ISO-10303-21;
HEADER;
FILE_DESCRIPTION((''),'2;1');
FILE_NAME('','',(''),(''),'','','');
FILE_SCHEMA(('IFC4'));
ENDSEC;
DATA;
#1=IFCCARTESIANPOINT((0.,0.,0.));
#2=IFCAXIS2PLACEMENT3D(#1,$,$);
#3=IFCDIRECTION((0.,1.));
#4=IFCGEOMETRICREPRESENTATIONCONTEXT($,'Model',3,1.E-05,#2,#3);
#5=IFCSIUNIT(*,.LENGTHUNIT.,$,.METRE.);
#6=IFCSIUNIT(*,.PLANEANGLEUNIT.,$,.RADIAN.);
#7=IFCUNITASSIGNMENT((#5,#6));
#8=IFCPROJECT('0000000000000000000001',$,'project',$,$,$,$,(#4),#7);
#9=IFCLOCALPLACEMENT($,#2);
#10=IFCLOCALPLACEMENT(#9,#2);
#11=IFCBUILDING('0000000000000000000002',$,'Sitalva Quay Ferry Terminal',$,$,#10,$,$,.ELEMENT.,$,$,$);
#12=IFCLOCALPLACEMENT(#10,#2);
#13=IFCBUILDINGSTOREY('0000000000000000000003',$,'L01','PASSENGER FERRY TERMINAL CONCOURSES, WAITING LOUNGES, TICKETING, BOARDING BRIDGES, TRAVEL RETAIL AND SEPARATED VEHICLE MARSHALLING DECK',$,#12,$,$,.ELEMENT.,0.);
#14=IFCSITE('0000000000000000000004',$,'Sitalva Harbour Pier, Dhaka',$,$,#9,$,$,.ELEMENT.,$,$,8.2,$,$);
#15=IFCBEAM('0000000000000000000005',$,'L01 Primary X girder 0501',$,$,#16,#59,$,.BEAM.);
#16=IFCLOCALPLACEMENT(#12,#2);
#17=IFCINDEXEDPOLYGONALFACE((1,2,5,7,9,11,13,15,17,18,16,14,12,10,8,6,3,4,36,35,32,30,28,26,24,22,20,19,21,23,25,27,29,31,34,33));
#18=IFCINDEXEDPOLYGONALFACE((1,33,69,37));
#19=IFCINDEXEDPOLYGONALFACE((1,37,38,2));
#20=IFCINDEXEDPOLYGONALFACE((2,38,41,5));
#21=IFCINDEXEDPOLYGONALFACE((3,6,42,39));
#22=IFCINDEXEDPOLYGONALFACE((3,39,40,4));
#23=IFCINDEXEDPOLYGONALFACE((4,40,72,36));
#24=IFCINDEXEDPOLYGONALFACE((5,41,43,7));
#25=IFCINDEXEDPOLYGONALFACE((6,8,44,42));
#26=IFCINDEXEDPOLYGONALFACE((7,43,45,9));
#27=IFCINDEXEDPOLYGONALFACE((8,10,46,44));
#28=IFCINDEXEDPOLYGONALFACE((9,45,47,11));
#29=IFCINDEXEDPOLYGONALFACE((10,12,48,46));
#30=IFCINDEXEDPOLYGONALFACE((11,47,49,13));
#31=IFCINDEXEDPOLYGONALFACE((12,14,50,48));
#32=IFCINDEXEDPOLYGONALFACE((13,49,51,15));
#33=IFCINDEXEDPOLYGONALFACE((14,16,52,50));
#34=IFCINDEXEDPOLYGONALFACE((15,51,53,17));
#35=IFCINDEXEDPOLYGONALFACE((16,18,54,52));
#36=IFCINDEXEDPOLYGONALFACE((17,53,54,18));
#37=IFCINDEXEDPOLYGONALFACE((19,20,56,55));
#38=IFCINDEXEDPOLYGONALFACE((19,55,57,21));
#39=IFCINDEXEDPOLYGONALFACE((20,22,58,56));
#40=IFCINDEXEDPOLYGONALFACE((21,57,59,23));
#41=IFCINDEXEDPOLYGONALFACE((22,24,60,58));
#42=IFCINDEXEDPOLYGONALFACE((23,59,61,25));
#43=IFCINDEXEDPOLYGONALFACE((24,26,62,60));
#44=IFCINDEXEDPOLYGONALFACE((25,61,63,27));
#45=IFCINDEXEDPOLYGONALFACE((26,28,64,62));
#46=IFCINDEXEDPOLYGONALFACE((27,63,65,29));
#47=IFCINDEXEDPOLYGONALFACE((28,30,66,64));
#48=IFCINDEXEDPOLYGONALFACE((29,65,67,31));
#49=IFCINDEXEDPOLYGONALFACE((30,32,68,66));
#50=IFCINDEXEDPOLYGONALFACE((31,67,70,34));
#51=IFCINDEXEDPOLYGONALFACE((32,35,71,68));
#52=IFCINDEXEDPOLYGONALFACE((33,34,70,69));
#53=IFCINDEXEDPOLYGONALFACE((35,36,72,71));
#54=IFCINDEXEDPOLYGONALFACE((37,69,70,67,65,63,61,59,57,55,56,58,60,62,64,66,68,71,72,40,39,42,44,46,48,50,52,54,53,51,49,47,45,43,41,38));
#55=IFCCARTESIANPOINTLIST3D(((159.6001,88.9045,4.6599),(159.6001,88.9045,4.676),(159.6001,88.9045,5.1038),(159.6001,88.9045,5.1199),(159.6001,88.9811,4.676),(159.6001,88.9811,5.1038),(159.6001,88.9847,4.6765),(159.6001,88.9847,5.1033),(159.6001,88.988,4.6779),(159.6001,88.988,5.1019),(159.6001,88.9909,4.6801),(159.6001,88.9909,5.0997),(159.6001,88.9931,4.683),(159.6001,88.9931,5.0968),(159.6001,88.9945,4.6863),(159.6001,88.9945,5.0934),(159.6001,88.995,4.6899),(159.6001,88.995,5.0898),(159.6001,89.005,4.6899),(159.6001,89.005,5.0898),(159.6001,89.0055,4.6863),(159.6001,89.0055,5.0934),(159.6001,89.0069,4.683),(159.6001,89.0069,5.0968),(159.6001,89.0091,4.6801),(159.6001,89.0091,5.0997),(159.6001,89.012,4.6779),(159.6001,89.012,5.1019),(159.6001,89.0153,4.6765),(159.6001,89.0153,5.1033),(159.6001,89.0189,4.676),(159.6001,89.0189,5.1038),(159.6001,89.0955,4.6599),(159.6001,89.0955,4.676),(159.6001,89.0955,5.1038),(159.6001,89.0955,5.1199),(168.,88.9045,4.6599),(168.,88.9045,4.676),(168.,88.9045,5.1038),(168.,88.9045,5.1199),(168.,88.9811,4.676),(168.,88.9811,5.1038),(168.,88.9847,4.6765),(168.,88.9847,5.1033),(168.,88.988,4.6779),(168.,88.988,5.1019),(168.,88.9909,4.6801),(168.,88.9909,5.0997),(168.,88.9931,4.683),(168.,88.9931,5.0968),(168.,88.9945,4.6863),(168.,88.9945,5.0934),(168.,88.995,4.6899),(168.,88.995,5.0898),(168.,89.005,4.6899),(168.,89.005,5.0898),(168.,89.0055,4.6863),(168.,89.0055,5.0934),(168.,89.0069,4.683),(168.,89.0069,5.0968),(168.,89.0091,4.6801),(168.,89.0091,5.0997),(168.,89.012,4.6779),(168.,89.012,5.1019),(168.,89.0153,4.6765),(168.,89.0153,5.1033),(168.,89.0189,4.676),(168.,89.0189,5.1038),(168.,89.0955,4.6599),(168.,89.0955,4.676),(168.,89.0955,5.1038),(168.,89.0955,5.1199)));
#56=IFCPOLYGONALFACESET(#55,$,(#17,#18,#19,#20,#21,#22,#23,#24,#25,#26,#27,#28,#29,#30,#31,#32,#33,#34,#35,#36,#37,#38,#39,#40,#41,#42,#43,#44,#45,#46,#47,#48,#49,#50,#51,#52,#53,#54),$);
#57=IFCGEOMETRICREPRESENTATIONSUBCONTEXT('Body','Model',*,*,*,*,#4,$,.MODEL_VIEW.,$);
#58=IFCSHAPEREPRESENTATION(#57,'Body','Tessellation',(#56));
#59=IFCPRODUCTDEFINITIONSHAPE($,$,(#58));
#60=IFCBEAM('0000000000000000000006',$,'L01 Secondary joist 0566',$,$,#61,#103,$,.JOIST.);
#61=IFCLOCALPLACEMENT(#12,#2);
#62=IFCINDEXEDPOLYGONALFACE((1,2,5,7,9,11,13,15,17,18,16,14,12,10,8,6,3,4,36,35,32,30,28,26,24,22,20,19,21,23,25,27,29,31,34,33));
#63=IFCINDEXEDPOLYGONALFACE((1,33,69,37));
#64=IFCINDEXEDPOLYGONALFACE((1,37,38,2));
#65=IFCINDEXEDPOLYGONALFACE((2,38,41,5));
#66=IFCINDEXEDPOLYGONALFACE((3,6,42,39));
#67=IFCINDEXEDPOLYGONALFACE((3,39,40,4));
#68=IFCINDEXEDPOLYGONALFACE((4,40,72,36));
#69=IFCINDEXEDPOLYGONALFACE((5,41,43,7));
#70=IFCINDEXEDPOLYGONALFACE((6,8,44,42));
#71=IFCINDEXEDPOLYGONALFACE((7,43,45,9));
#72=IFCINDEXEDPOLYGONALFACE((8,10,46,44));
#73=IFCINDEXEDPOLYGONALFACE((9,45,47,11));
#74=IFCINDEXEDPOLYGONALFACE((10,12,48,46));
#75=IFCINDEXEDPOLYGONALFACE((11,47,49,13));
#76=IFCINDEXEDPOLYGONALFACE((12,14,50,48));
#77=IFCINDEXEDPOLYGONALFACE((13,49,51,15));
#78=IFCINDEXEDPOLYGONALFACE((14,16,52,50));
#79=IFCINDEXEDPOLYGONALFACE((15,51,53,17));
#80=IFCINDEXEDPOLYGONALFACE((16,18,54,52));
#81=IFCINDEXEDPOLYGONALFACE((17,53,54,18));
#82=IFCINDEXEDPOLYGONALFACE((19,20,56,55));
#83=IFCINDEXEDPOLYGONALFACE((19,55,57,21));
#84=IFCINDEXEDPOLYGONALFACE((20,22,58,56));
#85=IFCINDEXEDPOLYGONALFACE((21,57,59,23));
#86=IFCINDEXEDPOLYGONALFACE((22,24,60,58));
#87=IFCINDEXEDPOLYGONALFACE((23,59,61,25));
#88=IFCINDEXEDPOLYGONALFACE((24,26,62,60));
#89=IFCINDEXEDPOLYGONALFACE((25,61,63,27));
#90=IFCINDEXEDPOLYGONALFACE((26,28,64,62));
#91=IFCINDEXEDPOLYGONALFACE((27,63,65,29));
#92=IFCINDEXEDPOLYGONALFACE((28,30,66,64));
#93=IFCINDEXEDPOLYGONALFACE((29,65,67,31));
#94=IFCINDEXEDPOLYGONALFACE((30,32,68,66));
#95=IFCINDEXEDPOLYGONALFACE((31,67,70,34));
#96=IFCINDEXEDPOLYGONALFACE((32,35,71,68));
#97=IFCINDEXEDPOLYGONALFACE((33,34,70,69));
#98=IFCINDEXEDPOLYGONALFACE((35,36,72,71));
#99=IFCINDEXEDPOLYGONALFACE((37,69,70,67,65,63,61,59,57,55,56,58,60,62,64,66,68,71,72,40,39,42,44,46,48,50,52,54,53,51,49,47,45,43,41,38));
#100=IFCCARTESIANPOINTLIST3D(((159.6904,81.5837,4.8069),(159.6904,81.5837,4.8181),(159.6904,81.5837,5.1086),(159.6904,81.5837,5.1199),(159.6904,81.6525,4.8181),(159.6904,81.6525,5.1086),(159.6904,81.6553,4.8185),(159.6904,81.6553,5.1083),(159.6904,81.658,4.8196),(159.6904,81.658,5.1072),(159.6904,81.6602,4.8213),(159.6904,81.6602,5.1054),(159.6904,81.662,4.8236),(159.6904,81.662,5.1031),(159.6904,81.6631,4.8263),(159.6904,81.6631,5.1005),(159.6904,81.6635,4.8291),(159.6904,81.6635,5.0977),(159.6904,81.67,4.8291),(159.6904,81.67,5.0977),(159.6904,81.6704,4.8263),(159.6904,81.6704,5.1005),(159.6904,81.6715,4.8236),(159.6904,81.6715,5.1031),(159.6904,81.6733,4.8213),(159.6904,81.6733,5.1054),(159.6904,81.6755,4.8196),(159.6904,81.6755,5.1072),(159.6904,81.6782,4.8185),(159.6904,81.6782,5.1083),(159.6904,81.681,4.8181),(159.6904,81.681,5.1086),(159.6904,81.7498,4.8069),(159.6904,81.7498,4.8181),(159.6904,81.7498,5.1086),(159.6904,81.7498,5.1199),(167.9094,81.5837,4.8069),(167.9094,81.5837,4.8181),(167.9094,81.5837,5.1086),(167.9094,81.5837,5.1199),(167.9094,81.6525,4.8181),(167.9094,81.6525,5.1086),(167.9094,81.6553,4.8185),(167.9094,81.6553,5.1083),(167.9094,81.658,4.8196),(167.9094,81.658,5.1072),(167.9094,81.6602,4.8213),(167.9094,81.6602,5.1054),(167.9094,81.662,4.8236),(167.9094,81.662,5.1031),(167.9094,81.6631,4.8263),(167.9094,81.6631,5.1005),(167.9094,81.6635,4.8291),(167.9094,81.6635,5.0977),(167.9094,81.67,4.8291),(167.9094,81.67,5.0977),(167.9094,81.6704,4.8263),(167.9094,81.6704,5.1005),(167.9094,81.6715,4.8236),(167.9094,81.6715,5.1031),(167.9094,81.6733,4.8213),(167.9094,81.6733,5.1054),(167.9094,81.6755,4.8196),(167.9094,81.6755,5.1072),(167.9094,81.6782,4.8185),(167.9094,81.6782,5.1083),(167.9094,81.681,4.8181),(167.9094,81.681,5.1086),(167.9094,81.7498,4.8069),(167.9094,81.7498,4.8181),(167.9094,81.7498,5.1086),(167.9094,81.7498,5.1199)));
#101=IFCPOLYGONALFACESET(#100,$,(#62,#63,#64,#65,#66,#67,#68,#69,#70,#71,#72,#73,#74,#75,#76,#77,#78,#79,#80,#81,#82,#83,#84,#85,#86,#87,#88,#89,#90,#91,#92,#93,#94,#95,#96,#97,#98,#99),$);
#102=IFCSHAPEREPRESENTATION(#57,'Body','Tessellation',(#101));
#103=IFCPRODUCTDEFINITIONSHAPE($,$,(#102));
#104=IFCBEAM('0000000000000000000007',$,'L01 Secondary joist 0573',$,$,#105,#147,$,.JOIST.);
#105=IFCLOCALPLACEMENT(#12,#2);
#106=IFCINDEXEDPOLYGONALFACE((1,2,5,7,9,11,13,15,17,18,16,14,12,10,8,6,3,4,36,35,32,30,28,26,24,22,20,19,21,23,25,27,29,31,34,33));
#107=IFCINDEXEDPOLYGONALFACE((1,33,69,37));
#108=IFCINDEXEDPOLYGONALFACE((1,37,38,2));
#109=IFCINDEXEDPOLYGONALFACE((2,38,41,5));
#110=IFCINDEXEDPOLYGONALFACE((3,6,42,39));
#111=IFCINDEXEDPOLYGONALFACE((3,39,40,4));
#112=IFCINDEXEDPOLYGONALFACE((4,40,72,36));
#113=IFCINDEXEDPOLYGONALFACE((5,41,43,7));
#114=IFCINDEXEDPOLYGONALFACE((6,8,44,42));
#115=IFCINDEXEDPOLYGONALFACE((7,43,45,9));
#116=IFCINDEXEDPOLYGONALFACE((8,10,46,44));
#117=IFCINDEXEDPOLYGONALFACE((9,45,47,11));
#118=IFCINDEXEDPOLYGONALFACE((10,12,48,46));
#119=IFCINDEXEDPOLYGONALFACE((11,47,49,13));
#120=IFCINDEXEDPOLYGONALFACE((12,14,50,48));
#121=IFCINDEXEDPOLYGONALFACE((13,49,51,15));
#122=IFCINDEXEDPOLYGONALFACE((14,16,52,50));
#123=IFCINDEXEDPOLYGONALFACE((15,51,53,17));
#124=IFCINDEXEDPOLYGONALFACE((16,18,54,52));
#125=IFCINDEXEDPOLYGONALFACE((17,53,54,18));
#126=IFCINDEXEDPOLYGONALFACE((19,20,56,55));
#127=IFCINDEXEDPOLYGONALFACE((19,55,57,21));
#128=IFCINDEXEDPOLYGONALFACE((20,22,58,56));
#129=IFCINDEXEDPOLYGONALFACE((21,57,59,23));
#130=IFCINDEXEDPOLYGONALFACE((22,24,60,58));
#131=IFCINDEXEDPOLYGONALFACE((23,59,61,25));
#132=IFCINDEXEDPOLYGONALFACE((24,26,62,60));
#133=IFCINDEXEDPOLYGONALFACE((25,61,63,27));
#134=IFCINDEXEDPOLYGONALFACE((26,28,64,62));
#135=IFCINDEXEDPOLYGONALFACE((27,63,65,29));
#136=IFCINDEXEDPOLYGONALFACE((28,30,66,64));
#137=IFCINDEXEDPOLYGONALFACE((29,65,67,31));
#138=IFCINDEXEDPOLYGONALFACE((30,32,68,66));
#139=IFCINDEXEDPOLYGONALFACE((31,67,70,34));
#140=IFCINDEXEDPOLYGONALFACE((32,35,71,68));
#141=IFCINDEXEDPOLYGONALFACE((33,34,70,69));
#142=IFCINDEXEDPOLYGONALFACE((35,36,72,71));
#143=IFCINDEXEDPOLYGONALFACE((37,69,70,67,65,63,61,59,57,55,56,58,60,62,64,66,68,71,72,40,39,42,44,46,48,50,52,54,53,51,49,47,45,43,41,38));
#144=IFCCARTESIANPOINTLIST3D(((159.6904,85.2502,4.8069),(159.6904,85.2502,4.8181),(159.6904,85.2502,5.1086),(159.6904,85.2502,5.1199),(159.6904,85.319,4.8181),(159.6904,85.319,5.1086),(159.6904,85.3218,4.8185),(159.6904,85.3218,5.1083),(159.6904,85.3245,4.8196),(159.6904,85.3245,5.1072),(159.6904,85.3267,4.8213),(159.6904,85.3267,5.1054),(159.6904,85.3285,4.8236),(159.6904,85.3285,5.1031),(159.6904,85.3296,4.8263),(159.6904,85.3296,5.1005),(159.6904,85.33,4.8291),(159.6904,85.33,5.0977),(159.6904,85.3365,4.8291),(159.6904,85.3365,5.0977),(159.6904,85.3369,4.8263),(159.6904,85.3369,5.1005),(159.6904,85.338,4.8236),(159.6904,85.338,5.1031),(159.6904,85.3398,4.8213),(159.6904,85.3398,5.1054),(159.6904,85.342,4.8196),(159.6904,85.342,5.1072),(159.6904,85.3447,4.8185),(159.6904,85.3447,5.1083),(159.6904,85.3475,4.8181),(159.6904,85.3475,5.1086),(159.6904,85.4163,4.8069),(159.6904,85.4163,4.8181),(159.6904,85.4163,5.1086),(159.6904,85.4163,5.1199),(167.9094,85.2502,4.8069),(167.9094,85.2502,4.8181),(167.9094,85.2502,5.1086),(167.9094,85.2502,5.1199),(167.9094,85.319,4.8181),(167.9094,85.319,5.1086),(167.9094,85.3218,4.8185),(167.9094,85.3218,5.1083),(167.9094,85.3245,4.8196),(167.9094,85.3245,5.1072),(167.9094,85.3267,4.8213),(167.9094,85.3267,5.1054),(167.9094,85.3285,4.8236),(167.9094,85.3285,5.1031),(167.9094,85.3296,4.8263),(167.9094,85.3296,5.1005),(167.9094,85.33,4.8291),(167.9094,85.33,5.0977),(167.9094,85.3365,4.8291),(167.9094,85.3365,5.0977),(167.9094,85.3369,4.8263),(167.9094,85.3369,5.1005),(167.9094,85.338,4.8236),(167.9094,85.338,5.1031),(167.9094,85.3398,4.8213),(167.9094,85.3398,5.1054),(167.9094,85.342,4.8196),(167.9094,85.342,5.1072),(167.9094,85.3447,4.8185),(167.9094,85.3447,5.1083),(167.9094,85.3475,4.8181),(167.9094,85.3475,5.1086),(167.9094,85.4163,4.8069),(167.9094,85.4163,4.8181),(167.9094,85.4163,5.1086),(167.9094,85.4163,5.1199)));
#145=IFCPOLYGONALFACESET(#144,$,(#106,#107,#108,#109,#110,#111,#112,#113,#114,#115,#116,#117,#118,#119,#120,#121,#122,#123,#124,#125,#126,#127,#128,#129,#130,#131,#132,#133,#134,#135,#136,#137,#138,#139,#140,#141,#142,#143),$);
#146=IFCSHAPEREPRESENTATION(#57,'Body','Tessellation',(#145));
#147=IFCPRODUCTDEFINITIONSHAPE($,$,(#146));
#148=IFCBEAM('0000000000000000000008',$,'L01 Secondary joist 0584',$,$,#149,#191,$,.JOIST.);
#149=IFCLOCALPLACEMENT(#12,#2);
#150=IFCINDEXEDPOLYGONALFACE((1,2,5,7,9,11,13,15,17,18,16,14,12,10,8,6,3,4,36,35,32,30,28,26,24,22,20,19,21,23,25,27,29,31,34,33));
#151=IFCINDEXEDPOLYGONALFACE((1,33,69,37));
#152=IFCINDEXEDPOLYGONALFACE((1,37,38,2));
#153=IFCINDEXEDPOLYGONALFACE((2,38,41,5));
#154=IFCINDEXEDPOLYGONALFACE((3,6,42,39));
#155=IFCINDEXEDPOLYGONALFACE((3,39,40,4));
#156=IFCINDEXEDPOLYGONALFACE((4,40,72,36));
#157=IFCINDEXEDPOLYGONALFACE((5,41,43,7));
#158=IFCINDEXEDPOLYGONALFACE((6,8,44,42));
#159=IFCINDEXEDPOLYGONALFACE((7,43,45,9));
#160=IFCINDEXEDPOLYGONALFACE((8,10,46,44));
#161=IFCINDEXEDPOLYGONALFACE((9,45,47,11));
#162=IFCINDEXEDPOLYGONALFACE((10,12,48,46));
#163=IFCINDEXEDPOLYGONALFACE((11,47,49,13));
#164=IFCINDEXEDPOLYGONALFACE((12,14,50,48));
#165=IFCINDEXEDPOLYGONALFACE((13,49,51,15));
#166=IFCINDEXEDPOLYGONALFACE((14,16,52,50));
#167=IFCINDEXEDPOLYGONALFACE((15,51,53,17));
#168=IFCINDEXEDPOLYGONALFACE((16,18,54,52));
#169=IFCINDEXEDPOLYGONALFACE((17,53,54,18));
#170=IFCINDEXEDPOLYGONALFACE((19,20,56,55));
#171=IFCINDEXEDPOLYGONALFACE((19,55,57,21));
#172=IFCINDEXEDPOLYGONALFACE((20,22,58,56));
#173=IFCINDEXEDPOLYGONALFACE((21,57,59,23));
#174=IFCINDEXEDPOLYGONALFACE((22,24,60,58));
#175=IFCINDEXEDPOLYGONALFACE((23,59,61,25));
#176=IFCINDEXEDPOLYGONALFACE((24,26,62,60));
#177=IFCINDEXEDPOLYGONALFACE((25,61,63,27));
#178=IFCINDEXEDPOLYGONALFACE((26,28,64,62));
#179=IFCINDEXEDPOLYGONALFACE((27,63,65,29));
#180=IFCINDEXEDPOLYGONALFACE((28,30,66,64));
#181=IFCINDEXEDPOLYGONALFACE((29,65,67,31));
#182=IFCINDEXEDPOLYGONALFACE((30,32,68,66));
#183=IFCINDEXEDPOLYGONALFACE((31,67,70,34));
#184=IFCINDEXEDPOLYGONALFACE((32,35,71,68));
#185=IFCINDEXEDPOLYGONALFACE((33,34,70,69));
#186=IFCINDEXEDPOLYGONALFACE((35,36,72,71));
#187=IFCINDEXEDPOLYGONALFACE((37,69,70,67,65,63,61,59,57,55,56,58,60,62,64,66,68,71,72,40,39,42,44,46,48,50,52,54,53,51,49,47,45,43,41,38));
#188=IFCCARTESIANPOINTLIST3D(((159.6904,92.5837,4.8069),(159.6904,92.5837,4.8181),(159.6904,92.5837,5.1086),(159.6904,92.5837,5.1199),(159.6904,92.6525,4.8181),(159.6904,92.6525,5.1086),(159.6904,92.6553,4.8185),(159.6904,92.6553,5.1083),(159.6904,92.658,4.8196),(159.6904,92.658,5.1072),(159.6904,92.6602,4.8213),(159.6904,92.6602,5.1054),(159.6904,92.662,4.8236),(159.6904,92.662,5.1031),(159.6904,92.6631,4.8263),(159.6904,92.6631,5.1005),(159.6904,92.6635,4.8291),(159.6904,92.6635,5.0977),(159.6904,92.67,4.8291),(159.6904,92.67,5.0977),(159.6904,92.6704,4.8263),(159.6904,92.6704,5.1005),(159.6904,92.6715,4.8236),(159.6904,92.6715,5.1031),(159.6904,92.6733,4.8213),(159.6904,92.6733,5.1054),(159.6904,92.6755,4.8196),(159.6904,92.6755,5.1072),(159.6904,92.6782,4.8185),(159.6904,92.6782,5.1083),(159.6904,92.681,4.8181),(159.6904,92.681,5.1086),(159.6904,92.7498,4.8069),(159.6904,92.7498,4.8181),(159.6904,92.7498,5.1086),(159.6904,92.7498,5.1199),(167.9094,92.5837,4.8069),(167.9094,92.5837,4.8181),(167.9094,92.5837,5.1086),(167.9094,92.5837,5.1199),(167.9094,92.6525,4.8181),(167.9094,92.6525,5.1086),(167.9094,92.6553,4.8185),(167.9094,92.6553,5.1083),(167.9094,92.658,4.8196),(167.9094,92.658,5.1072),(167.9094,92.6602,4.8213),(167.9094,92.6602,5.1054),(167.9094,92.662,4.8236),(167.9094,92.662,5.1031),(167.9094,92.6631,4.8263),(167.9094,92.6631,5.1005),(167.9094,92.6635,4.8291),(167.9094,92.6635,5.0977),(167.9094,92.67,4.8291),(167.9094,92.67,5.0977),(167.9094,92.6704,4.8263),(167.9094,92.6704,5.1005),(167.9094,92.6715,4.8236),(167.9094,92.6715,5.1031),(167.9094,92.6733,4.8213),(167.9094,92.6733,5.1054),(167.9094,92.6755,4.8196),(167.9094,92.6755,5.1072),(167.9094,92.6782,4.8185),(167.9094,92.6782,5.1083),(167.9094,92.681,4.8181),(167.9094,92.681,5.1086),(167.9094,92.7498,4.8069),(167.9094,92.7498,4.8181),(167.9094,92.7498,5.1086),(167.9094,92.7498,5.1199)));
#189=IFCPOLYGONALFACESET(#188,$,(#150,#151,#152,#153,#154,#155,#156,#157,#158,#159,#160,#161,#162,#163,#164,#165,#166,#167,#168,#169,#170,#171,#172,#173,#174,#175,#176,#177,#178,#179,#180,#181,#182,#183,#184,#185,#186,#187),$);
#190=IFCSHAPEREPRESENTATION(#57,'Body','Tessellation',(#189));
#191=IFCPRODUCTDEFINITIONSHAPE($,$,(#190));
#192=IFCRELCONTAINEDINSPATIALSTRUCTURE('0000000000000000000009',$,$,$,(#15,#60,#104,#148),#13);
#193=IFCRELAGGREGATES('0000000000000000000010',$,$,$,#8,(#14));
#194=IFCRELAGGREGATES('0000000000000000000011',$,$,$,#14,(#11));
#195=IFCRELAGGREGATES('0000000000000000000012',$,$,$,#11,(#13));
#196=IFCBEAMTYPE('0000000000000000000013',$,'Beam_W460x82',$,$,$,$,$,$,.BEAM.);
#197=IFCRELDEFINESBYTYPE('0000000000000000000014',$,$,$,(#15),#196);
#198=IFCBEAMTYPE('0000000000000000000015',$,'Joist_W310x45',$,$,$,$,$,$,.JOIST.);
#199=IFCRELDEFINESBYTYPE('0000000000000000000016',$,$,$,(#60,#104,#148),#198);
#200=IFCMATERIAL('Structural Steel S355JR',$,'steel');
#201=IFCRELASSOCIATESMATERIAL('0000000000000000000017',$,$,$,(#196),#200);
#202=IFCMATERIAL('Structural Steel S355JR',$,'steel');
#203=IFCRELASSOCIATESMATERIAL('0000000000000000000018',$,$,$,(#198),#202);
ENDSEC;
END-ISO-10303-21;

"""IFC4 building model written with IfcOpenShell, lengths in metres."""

from ifc_helpers import new_model, si_unit, direction, frame, origin, origin_2d, place, context, subcontext, project, spatial, i_section, extrude, material, material_profile, profile_set, type_object, element, save


model = new_model("IFC4")

# Units and contexts
model_context = context("Model", 3, precision=1e-05, world=origin(), true_north=direction((0.0, 1.0)))
body_context = subcontext(model_context, "Body", "Model", "MODEL_VIEW")
ifc_project = project(units=[si_unit("LENGTHUNIT", "METRE"), si_unit("PLANEANGLEUNIT", "RADIAN")], contexts=[model_context])

# Site, building, storey
site_placement = place(None, origin())
site = spatial("IfcSite", under=ifc_project, at=site_placement, Name="Sitalva Harbour Pier, Dhaka", CompositionType="ELEMENT", RefElevation=8.2)
building_placement = place(site_placement, origin())
building = spatial("IfcBuilding", under=site, at=building_placement, Name="Sitalva Quay Ferry Terminal", CompositionType="ELEMENT")
storey_placement = place(building_placement, origin())
storey = spatial("IfcBuildingStorey", under=building, at=storey_placement, Name="L01", Description="PASSENGER FERRY TERMINAL CONCOURSES, WAITING LOUNGES, TICKETING, BOARDING BRIDGES, TRAVEL RETAIL AND SEPARATED VEHICLE MARSHALLING DECK", CompositionType="ELEMENT", Elevation=0.0)

# Beams
ifc_material_1 = material(Name="Structural Steel S355JR", Category="steel")
ifc_material_profile_1 = material_profile(ifc_material_1, i_section(OverallWidth=0.1909, OverallDepth=0.46, WebThickness=0.01, FlangeThickness=0.0161, FilletRadius=0.0139, at=origin_2d()), Name="W460x82")
ifc_profile_set_1 = profile_set([ifc_material_profile_1], Name="Structural Steel S355JR")
beam_type_1 = type_object("IfcBeamType", Name="Beam_W460x82", PredefinedType="BEAM", material=ifc_profile_set_1)
beam_1_placement = place(storey_placement, frame((159.6001, 89.0, 4.8899), z_axis=(1.0, 0.0, 0.0), x_axis=(0.0, 1.0, 0.0)))
element("IfcBeam", 1, at=beam_1_placement, inside=storey, type_object=beam_type_1, Name="L01 Primary X girder 0501", PredefinedType="BEAM", context=body_context, shape_type="SweptSolid", body=[
    extrude(i_section(OverallWidth=0.1909, OverallDepth=0.46, WebThickness=0.01, FlangeThickness=0.0161, FilletRadius=0.0139, at=origin_2d()), origin(), (0.0, 0.0, 1.0), 8.3999),
])
ifc_material_2 = material(Name="Structural Steel S355JR", Category="steel")
ifc_material_profile_2 = material_profile(ifc_material_2, i_section(OverallWidth=0.166, OverallDepth=0.313, WebThickness=0.0066, FlangeThickness=0.0112, FilletRadius=0.011, at=origin_2d()), Name="W310x45")
ifc_profile_set_2 = profile_set([ifc_material_profile_2], Name="Structural Steel S355JR")
beam_type_2 = type_object("IfcBeamType", Name="Joist_W310x45", PredefinedType="JOIST", material=ifc_profile_set_2)
for number, where, z_axis, x_axis, name in (
    (2, (159.6904, 81.6667, 4.9634), (1.0, 0.0, 0.0), (0.0, 1.0, 0.0), "L01 Secondary joist 0566"),
    (3, (159.6904, 85.3333, 4.9634), (1.0, 0.0, 0.0), (0.0, 1.0, 0.0), "L01 Secondary joist 0573"),
    (4, (159.6904, 92.6667, 4.9634), (1.0, 0.0, 0.0), (0.0, 1.0, 0.0), "L01 Secondary joist 0584"),
):
    element("IfcBeam", number, at=place(storey_placement, frame(where, z_axis=z_axis, x_axis=x_axis)), inside=storey, type_object=beam_type_2, Name=name, PredefinedType="JOIST", context=body_context, shape_type="SweptSolid", body=[
        extrude(i_section(OverallWidth=0.166, OverallDepth=0.313, WebThickness=0.0066, FlangeThickness=0.0112, FilletRadius=0.011, at=origin_2d()), origin(), (0.0, 0.0, 1.0), 8.219),
    ])

save(model, "model.ifc")
